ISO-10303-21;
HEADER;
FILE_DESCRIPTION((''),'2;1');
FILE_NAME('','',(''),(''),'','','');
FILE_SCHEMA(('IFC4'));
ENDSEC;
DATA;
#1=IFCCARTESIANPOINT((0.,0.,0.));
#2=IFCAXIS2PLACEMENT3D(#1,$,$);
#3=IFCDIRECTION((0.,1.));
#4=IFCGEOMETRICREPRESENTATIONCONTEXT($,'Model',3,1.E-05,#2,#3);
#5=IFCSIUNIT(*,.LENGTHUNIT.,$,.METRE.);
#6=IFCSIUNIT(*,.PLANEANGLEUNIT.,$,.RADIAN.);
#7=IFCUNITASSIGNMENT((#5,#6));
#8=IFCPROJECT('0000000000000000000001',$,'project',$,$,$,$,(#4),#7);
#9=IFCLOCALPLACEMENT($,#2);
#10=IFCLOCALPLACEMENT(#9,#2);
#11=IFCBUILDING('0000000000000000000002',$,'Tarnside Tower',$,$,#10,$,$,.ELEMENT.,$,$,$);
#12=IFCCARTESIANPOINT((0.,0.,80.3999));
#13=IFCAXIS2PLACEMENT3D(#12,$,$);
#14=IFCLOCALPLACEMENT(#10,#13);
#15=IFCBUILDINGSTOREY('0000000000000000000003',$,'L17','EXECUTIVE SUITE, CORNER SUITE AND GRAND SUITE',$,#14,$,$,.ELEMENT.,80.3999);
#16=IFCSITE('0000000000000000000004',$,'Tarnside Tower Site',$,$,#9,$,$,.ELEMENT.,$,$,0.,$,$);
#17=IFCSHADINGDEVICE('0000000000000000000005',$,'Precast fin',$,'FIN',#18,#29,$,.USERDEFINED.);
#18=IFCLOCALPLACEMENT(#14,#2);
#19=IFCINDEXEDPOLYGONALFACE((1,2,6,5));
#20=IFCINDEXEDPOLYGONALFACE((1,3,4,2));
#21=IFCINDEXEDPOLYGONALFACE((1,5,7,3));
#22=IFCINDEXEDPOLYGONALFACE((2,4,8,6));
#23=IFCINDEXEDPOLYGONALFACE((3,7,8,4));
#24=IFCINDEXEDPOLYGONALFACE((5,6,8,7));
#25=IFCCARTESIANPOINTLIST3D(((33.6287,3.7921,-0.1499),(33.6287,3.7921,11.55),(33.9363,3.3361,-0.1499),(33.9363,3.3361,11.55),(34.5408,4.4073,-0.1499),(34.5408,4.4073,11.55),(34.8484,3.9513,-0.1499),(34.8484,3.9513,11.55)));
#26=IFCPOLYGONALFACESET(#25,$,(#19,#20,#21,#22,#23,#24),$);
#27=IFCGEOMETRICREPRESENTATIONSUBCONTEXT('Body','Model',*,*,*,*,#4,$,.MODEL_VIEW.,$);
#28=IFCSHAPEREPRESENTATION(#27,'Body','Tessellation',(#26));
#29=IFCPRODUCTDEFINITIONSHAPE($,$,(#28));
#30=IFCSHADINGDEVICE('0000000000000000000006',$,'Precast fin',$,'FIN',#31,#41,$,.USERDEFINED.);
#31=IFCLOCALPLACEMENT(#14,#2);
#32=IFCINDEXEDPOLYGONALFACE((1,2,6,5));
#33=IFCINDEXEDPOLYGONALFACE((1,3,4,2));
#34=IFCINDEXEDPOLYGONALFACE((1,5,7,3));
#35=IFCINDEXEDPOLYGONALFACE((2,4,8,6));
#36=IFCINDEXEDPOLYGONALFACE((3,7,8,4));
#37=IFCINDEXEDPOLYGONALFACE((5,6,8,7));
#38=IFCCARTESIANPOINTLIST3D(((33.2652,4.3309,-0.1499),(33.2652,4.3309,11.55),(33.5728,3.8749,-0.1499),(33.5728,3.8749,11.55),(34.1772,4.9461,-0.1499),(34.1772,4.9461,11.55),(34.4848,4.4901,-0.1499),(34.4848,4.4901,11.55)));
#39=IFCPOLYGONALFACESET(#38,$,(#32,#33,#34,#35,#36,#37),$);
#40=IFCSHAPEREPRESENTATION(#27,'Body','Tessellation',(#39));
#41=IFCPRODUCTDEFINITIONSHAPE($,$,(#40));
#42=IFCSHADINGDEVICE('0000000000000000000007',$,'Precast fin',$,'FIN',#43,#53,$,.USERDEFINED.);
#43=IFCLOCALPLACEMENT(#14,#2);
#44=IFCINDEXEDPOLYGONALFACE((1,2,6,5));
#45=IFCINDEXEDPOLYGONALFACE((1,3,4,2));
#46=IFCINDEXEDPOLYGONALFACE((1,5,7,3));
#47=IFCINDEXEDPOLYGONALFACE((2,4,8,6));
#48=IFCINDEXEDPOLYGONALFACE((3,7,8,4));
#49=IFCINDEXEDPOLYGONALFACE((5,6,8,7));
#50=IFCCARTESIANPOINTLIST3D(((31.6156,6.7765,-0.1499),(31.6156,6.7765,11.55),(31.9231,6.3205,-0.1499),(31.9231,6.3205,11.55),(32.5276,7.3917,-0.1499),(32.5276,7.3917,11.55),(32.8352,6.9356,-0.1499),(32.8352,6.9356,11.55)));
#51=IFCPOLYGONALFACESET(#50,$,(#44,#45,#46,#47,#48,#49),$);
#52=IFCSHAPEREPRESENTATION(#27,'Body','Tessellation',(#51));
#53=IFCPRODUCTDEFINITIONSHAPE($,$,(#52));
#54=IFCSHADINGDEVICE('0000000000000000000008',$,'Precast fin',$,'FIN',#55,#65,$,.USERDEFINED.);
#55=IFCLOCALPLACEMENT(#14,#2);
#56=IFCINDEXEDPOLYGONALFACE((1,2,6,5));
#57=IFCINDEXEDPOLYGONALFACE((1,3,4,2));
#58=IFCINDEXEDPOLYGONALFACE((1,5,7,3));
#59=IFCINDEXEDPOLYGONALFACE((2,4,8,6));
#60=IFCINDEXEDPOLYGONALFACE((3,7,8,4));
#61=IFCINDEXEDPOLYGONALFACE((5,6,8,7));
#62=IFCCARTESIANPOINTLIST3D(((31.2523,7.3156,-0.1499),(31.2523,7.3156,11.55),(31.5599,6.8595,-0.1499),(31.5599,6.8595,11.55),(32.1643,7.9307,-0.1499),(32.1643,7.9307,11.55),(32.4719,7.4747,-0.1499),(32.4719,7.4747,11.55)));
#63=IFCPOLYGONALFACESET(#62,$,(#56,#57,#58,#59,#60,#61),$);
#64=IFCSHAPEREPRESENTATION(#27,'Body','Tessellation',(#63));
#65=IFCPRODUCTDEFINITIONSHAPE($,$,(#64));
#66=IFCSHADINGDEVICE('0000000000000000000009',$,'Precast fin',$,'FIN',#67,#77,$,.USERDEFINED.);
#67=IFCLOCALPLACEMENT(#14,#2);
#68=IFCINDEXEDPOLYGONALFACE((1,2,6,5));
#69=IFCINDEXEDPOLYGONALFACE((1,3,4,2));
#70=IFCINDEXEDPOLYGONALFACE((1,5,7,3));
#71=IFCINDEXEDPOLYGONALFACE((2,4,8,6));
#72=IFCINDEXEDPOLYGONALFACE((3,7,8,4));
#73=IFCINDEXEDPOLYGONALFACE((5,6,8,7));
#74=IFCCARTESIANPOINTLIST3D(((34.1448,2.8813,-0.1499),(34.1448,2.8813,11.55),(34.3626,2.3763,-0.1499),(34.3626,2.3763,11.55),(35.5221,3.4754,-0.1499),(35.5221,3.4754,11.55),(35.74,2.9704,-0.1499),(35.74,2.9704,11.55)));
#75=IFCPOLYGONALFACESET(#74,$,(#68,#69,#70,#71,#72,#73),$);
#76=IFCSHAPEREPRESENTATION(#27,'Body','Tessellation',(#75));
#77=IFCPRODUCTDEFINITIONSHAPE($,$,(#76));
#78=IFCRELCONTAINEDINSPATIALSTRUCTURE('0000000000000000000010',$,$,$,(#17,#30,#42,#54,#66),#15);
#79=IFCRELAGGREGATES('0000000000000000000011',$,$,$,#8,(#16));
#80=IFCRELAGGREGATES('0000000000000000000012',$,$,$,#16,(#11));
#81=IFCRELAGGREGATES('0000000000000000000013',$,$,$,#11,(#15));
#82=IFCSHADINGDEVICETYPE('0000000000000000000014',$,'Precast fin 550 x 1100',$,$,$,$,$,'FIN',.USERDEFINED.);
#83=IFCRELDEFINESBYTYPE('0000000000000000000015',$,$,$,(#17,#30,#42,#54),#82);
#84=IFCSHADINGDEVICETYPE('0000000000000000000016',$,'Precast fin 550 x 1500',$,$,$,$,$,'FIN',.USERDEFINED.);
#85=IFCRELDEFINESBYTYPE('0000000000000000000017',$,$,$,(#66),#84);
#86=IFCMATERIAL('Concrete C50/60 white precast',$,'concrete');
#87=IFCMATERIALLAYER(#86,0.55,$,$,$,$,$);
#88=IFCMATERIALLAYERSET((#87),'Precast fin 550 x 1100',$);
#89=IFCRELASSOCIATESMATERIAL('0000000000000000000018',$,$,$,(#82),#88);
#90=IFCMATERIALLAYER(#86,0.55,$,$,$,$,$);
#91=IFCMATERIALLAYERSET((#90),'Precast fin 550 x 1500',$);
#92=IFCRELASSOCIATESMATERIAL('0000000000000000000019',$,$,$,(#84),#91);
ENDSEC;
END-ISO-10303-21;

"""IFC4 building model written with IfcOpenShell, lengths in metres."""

from ifc_helpers import new_model, si_unit, direction, frame, origin, place, context, subcontext, project, spatial, polyline, outline, extrude, material, layer, layer_set, type_object, element, save


model = new_model("IFC4")

# Units and contexts
model_context = context("Model", 3, precision=1e-05, world=origin(), true_north=direction((0.0, 1.0)))
body_context = subcontext(model_context, "Body", "Model", "MODEL_VIEW")
ifc_project = project(units=[si_unit("LENGTHUNIT", "METRE"), si_unit("PLANEANGLEUNIT", "RADIAN")], contexts=[model_context])

# Site, building, storey
site_placement = place(None, origin())
site = spatial("IfcSite", under=ifc_project, at=site_placement, Name="Tarnside Tower Site", CompositionType="ELEMENT", RefElevation=0.0)
building_placement = place(site_placement, origin())
building = spatial("IfcBuilding", under=site, at=building_placement, Name="Tarnside Tower", CompositionType="ELEMENT")
storey_placement = place(building_placement, frame((0.0, 0.0, 80.3999)))
storey = spatial("IfcBuildingStorey", under=building, at=storey_placement, Name="L17", Description="EXECUTIVE SUITE, CORNER SUITE AND GRAND SUITE", CompositionType="ELEMENT", Elevation=80.3999)

# Shading devices
ifc_material_1 = material(Name="Concrete C50/60 white precast", Category="concrete")
ifc_layer_1 = layer(ifc_material_1, 0.55)
ifc_layer_set_1 = layer_set([ifc_layer_1], Name="Precast fin 550 x 1100")
shading_device_type_1 = type_object("IfcShadingDeviceType", Name="Precast fin 550 x 1100", ElementType="FIN", PredefinedType="USERDEFINED", material=ifc_layer_set_1)
for number, where, z_axis, x_axis, name in (
    (1, (33.7825, 3.5642, -0.1499), (0.559193, -0.829038, 0.0), (0.829038, 0.559193, 0.0), "Precast fin"),
    (2, (33.4189, 4.103, -0.1499), (0.559193, -0.829038, 0.0), (0.829038, 0.559193, 0.0), "Precast fin"),
    (3, (31.7693, 6.5486, -0.1499), (0.559193, -0.829038, 0.0), (0.829038, 0.559193, 0.0), "Precast fin"),
    (4, (31.406, 7.0876, -0.1499), (0.559193, -0.829038, 0.0), (0.829038, 0.559193, 0.0), "Precast fin"),
):
    element("IfcShadingDevice", number, at=place(storey_placement, frame(where, z_axis=z_axis, x_axis=x_axis)), inside=storey, type_object=shading_device_type_1, Name=name, ObjectType="FIN", PredefinedType="USERDEFINED", context=body_context, shape_type="SweptSolid", body=[
        extrude(outline(polyline([(0.0, 0.0), (1.1001, 0.0), (1.1001, 11.7), (0.0, 11.7), (0.0, 0.0)])), frame((0.0, 0.0, -0.2749)), (0.0, 0.0, 1.0), 0.55),
    ])
ifc_layer_2 = layer(ifc_material_1, 0.55)
ifc_layer_set_2 = layer_set([ifc_layer_2], Name="Precast fin 550 x 1500")
shading_device_type_2 = type_object("IfcShadingDeviceType", Name="Precast fin 550 x 1500", ElementType="FIN", PredefinedType="USERDEFINED", material=ifc_layer_set_2)
shading_device_placement = place(storey_placement, frame((34.2537, 2.6289, -0.1499), z_axis=(0.39608, -0.918216, 0.0), x_axis=(0.918216, 0.39608, 0.0)))
element("IfcShadingDevice", 5, at=shading_device_placement, inside=storey, type_object=shading_device_type_2, Name="Precast fin", ObjectType="FIN", PredefinedType="USERDEFINED", context=body_context, shape_type="SweptSolid", body=[
    extrude(outline(polyline([(0.0, 0.0), (1.5, 0.0), (1.5, 11.7), (0.0, 11.7), (0.0, 0.0)])), frame((0.0, 0.0, -0.2749)), (0.0, 0.0, 1.0), 0.55),
])

save(model, "model.ifc")
